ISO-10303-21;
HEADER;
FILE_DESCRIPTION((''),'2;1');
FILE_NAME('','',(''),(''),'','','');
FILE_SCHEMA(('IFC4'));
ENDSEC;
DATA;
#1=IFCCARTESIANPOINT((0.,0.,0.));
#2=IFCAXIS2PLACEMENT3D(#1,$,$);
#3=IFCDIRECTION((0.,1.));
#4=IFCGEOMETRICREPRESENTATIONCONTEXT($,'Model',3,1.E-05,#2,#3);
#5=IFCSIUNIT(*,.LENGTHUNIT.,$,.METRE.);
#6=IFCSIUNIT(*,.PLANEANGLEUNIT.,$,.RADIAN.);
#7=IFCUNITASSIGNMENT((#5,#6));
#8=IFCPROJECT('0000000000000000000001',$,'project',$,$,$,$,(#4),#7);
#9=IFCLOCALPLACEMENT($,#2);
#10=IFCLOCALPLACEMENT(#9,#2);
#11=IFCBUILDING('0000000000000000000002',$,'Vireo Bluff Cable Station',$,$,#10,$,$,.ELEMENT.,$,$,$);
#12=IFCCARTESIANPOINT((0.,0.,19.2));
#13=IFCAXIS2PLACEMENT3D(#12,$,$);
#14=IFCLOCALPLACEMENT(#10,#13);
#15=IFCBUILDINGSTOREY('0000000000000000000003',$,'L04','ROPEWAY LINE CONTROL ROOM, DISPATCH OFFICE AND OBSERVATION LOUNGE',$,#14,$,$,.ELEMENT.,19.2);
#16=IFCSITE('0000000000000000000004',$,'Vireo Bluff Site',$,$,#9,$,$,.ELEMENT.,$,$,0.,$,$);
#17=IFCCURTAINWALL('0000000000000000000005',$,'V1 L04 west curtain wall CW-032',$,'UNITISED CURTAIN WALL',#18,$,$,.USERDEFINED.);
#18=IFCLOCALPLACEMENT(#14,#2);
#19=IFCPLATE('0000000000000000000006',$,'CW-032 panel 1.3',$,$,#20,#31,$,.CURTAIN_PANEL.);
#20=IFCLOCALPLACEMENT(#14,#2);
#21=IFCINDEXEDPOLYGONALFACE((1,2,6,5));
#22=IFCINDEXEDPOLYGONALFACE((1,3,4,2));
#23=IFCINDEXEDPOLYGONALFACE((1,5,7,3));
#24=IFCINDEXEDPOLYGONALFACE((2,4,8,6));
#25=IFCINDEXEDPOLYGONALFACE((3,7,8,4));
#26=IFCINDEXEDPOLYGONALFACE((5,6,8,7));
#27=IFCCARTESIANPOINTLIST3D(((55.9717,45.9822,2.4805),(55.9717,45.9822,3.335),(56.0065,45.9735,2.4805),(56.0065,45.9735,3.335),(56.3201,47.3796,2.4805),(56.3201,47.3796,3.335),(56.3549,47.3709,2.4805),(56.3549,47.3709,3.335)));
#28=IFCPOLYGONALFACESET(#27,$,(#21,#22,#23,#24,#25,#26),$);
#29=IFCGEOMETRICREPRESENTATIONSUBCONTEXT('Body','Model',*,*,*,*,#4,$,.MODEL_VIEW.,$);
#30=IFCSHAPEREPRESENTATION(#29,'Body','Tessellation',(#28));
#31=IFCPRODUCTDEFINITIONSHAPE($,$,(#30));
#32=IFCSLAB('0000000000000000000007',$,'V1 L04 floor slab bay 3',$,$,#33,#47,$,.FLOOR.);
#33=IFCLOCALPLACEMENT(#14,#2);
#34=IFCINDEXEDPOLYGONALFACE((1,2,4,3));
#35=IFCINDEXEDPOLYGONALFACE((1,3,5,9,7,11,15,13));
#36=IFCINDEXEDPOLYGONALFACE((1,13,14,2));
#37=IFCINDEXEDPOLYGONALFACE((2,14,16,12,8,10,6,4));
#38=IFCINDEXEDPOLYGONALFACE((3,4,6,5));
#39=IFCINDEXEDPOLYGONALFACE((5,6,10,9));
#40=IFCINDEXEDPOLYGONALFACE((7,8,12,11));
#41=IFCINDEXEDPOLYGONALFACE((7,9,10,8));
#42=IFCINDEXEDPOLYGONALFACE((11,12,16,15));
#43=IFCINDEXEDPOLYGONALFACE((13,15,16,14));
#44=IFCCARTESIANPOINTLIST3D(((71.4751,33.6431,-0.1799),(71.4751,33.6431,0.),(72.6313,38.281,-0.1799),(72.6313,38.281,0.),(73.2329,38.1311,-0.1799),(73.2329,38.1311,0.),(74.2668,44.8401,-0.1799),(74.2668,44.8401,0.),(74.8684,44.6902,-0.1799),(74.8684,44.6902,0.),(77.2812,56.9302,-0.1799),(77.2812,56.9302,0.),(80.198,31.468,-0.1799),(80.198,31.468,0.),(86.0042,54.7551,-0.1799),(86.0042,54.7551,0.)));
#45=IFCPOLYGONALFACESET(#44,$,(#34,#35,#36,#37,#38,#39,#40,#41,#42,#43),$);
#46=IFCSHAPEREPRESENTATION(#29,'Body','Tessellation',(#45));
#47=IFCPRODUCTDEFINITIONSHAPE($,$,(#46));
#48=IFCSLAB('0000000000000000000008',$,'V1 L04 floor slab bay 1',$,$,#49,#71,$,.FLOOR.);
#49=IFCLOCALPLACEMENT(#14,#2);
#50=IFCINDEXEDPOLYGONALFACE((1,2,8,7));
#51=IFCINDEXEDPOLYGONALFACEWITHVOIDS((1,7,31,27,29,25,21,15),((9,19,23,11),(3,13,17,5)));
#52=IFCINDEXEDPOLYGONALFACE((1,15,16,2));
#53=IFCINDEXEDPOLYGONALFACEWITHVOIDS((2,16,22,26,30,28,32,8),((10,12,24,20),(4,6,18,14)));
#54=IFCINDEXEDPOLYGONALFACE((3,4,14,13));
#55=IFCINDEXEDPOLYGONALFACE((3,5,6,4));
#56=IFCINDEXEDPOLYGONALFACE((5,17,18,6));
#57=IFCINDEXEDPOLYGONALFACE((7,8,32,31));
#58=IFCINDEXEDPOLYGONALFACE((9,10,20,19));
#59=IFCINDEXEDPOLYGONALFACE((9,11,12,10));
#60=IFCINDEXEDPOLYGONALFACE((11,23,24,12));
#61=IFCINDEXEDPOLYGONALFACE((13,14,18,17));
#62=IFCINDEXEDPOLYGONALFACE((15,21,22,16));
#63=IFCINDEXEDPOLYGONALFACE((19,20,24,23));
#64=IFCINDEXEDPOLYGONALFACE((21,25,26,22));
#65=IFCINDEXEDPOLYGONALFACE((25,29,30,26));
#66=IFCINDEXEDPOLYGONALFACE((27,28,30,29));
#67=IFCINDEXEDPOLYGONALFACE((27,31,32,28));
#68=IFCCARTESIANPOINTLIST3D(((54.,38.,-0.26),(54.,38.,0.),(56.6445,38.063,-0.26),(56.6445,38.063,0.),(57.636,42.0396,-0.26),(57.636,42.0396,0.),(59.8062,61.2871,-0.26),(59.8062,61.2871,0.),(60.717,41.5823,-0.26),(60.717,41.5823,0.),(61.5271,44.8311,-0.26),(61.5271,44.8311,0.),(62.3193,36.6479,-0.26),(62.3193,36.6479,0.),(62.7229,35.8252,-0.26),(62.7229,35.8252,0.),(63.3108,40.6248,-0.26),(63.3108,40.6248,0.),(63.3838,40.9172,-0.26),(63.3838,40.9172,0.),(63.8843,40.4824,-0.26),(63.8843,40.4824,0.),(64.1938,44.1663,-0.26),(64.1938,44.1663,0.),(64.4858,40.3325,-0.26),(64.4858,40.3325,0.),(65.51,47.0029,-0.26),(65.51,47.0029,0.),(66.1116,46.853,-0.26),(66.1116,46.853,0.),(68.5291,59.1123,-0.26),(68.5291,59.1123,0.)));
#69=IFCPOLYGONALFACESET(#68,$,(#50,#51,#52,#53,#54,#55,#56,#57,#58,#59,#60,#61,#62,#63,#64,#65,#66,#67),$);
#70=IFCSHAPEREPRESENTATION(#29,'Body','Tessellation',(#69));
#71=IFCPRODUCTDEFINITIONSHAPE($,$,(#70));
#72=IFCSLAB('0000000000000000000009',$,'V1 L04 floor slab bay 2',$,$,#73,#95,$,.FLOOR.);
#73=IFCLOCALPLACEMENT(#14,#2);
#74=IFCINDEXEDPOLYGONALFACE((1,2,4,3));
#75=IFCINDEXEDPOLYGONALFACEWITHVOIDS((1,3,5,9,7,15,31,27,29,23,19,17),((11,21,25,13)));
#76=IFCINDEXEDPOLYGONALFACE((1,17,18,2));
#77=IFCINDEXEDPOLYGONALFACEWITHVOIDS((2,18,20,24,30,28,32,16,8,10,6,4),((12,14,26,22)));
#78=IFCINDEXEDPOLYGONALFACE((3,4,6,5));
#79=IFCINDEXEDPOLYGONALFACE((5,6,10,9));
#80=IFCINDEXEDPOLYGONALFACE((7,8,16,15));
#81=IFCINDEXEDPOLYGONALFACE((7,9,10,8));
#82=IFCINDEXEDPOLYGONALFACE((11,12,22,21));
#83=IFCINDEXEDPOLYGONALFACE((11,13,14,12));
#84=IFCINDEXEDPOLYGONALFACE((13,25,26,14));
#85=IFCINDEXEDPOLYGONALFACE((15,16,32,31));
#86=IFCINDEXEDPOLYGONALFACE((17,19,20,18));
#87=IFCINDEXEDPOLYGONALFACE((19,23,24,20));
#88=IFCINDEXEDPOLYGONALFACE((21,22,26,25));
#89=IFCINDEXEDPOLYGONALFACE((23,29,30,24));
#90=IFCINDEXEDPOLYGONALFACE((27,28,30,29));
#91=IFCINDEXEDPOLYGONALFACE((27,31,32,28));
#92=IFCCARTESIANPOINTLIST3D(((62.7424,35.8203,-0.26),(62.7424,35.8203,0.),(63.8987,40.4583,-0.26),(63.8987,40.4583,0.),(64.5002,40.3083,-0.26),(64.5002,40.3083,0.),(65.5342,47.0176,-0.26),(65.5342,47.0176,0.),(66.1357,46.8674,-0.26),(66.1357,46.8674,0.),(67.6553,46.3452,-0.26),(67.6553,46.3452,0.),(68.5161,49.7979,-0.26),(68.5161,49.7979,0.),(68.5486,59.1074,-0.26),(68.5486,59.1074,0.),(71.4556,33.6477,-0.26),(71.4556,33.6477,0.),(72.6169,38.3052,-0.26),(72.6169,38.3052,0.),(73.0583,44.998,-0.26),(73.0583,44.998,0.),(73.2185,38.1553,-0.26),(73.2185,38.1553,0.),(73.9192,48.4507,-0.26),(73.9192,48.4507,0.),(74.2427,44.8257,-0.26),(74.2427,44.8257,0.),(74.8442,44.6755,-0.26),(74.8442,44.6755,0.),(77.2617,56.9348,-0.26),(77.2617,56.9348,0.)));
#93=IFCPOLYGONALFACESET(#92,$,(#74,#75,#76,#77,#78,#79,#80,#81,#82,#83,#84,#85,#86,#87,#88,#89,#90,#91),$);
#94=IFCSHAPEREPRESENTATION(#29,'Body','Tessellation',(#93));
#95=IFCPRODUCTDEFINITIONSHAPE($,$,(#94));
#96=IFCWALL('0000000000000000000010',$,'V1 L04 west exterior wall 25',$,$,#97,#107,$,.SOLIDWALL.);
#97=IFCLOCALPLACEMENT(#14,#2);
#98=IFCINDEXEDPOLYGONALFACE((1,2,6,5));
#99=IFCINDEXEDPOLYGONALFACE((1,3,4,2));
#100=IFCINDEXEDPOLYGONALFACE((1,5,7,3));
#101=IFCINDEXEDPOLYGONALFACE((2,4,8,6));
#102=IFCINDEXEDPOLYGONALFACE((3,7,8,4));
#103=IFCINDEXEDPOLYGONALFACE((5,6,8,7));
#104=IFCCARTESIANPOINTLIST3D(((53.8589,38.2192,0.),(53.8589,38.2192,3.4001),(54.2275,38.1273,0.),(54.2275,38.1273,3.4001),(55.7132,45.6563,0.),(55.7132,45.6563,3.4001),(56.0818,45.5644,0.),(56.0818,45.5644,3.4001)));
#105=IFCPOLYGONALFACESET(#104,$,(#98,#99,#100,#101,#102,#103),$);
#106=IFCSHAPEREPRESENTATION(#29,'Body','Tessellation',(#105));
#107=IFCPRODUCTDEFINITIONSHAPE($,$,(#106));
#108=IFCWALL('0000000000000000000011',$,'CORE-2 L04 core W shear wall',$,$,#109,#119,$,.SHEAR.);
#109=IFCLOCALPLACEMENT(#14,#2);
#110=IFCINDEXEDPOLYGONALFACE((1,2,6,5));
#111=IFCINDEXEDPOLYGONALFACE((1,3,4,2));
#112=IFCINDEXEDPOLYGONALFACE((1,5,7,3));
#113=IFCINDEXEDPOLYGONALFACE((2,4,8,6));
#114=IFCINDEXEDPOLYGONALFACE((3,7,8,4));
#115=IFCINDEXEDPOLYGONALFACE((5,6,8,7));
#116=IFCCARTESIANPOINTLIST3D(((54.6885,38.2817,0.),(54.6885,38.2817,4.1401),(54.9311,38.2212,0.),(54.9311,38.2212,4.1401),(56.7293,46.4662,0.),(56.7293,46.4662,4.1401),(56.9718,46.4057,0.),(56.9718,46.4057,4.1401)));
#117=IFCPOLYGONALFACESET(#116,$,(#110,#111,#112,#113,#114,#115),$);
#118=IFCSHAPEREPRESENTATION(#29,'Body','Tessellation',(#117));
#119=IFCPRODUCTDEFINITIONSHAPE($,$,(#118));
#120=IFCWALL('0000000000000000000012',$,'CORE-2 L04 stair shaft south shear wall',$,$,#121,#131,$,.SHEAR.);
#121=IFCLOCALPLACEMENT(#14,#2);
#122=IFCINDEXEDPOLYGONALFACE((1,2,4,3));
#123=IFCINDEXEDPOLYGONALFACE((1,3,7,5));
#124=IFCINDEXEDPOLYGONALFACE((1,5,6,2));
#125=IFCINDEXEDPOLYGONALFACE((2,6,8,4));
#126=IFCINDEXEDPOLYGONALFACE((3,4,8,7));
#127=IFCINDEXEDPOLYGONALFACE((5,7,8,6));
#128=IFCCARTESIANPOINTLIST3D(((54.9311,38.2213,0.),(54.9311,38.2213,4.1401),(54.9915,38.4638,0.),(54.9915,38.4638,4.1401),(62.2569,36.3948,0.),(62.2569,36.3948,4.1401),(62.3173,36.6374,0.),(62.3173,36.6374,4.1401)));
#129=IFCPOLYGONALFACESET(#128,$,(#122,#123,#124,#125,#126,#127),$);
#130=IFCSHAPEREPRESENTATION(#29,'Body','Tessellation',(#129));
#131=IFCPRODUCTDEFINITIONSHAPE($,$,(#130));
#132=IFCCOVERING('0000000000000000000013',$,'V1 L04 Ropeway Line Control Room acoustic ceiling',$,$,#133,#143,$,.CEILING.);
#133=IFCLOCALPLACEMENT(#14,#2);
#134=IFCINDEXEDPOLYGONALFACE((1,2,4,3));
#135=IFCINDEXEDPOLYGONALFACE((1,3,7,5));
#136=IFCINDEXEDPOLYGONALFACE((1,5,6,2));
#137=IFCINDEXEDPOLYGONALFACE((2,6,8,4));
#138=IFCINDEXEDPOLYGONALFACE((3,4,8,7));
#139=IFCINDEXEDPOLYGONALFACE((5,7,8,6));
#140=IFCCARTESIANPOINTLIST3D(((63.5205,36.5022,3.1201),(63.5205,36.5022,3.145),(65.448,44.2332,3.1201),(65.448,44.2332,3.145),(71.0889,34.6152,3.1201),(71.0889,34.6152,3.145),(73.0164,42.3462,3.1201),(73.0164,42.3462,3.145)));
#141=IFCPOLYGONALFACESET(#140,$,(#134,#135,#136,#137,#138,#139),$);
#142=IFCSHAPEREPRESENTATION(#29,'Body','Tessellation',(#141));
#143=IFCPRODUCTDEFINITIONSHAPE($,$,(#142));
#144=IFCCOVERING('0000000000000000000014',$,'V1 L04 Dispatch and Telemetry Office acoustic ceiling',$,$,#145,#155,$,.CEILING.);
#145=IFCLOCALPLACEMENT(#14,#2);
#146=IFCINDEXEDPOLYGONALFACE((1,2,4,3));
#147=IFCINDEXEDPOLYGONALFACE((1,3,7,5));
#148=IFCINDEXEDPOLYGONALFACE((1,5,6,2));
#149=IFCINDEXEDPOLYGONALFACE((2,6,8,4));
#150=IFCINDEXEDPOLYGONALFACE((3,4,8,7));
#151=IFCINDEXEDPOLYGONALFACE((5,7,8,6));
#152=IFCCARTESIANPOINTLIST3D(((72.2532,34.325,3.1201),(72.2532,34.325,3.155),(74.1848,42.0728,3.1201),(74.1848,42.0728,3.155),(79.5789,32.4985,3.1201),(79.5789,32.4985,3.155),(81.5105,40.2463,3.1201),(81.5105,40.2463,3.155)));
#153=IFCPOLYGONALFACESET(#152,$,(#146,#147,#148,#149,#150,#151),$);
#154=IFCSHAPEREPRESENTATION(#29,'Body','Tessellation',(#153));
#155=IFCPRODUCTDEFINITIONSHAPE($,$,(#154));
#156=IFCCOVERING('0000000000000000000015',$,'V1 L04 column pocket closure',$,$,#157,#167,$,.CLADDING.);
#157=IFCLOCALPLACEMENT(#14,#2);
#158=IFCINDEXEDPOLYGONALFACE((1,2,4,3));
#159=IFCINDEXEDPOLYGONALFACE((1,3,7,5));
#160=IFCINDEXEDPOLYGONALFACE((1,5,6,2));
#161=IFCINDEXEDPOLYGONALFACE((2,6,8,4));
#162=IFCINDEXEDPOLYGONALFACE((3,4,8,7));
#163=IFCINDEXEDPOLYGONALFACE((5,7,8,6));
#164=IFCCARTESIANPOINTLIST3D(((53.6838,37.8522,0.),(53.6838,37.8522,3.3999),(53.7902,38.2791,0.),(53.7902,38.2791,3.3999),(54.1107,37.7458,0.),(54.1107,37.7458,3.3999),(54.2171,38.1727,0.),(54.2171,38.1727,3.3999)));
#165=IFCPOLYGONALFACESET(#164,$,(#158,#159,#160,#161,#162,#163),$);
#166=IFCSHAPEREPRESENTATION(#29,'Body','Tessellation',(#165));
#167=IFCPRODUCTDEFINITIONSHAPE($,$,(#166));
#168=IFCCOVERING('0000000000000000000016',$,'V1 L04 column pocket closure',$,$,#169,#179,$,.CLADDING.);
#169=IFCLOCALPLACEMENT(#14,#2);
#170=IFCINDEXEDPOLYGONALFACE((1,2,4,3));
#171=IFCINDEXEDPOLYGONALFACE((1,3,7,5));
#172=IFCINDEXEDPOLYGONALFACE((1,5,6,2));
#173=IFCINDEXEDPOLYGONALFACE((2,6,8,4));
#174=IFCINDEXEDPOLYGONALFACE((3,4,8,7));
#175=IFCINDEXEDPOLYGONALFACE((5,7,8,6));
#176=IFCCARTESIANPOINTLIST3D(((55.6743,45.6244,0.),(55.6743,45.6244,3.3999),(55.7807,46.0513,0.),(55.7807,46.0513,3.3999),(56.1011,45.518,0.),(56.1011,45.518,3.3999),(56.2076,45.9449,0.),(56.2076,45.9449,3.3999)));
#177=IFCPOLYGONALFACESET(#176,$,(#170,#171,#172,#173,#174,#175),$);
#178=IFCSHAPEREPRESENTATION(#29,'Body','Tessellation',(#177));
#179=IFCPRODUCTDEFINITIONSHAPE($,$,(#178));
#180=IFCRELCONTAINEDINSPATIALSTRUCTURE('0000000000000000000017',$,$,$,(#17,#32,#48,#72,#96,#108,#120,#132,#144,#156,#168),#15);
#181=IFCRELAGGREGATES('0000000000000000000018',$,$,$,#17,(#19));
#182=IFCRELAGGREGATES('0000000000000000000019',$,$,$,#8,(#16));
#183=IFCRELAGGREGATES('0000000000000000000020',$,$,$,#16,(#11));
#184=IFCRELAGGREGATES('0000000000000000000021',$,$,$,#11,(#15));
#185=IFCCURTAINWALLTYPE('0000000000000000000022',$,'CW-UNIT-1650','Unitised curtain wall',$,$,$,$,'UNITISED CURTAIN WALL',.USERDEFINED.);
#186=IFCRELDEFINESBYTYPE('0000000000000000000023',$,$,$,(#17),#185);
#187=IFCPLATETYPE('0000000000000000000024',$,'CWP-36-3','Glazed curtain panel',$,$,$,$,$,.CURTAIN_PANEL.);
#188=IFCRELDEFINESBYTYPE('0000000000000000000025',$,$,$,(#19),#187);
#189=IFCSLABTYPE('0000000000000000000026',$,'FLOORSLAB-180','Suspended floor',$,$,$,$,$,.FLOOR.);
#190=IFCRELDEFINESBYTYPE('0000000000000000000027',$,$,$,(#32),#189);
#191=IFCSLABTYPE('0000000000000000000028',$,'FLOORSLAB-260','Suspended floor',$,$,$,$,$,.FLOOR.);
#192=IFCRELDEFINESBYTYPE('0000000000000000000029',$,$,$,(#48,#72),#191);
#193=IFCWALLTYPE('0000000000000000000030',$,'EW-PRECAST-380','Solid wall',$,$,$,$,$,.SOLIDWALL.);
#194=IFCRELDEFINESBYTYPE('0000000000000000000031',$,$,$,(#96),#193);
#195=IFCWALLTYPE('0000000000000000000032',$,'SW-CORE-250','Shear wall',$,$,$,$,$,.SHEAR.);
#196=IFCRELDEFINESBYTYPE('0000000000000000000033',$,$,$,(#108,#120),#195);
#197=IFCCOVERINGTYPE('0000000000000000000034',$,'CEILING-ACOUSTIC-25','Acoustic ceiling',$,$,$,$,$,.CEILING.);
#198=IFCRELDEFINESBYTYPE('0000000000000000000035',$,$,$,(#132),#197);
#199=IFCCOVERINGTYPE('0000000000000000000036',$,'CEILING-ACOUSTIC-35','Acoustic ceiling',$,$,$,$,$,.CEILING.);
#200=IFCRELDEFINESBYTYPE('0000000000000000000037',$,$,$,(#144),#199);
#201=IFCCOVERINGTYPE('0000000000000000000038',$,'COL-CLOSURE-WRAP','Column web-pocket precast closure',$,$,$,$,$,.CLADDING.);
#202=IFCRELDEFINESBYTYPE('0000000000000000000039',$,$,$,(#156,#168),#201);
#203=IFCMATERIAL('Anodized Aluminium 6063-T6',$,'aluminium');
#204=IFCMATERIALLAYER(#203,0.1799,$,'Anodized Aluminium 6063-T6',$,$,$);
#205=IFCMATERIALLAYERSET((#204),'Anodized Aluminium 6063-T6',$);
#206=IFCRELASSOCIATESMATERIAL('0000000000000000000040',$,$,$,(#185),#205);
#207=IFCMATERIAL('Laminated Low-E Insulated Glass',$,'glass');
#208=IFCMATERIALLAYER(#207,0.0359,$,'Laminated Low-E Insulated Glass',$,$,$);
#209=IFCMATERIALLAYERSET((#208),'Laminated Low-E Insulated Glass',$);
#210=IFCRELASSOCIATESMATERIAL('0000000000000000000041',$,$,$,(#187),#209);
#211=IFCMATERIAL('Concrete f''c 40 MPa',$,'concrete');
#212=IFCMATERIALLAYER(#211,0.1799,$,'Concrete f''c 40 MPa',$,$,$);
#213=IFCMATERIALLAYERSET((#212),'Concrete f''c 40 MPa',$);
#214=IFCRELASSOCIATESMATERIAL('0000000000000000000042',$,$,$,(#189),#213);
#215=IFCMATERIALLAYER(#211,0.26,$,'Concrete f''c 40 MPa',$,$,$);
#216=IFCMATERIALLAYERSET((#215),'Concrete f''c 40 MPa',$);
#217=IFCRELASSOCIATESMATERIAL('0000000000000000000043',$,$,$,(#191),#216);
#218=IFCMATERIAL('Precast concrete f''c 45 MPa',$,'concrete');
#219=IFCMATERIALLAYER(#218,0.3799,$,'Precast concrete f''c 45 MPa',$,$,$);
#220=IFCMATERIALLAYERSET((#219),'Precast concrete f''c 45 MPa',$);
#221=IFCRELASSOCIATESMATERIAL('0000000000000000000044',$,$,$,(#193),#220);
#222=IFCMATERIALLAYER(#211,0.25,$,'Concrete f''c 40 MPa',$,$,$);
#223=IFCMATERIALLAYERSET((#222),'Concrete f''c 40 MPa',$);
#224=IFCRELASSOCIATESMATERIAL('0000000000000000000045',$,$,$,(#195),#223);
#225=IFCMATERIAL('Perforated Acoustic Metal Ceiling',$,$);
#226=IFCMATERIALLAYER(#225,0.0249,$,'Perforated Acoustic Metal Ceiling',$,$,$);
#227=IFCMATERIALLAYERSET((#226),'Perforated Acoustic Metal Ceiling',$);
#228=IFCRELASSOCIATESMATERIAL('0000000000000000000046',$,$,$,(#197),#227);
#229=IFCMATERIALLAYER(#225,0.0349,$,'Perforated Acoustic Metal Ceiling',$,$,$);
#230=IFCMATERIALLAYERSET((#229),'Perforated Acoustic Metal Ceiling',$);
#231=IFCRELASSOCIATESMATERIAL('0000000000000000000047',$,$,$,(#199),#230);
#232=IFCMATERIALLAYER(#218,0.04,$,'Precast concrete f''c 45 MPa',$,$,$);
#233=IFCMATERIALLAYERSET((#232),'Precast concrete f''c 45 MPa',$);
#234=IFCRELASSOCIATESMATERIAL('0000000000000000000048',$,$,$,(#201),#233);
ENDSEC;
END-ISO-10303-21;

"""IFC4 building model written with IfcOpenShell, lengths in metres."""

from ifc_helpers import new_model, si_unit, direction, frame, frame_2d, origin, origin_2d, place, context, subcontext, project, spatial, polyline, rectangle, outline, extrude, material, layer, layer_set, type_object, element, aggregate, save


model = new_model("IFC4")

# Units and contexts
model_context = context("Model", 3, precision=1e-05, world=origin(), true_north=direction((0.0, 1.0)))
body_context = subcontext(model_context, "Body", "Model", "MODEL_VIEW")
ifc_project = project(units=[si_unit("LENGTHUNIT", "METRE"), si_unit("PLANEANGLEUNIT", "RADIAN")], contexts=[model_context])

# Site, building, storey
site_placement = place(None, origin())
site = spatial("IfcSite", under=ifc_project, at=site_placement, Name="Vireo Bluff Site", CompositionType="ELEMENT", RefElevation=0.0)
building_placement = place(site_placement, origin())
building = spatial("IfcBuilding", under=site, at=building_placement, Name="Vireo Bluff Cable Station", CompositionType="ELEMENT")
storey_placement = place(building_placement, frame((0.0, 0.0, 19.2)))
storey = spatial("IfcBuildingStorey", under=building, at=storey_placement, Name="L04", Description="ROPEWAY LINE CONTROL ROOM, DISPATCH OFFICE AND OBSERVATION LOUNGE", CompositionType="ELEMENT", Elevation=19.2)

# Curtain wall
ifc_material_1 = material(Name="Anodized Aluminium 6063-T6", Category="aluminium")
ifc_layer_1 = layer(ifc_material_1, 0.1799, Name="Anodized Aluminium 6063-T6")
ifc_layer_set_1 = layer_set([ifc_layer_1], Name="Anodized Aluminium 6063-T6")
curtain_wall_type = type_object("IfcCurtainWallType", Name="CW-UNIT-1650", Description="Unitised curtain wall", ElementType="UNITISED CURTAIN WALL", PredefinedType="USERDEFINED", material=ifc_layer_set_1)
curtain_wall_placement = place(storey_placement, origin())
curtain_wall = element("IfcCurtainWall", 1, at=curtain_wall_placement, inside=storey, type_object=curtain_wall_type, Name="V1 L04 west curtain wall CW-032", ObjectType="UNITISED CURTAIN WALL", PredefinedType="USERDEFINED")

# Shared definitions
ifc_material_2 = material(Name="Concrete f'c 40 MPa", Category="concrete")

# Plate
ifc_material_3 = material(Name="Laminated Low-E Insulated Glass", Category="glass")
ifc_layer_2 = layer(ifc_material_3, 0.0359, Name="Laminated Low-E Insulated Glass")
ifc_layer_set_2 = layer_set([ifc_layer_2], Name="Laminated Low-E Insulated Glass")
plate_type = type_object("IfcPlateType", Name="CWP-36-3", Description="Glazed curtain panel", PredefinedType="CURTAIN_PANEL", material=ifc_layer_set_2)
plate_1_placement = place(storey_placement, frame((56.1633, 46.6765, 2.4805), z_axis=(0.0, 0.0, 1.0), x_axis=(0.241922, 0.970296, 0.0)))
plate_1 = element("IfcPlate", 2, at=plate_1_placement, type_object=plate_type, Name="CW-032 panel 1.3", PredefinedType="CURTAIN_PANEL", context=body_context, shape_type="SweptSolid", body=[
    extrude(rectangle(XDim=1.4402, YDim=0.0359, at=origin_2d()), origin(), (0.0, 0.0, 1.0), 0.8545),
])
aggregate(curtain_wall, [plate_1])

# Slabs
ifc_layer_3 = layer(ifc_material_2, 0.1799, Name="Concrete f'c 40 MPa")
ifc_layer_set_3 = layer_set([ifc_layer_3], Name="Concrete f'c 40 MPa")
slab_type_1 = type_object("IfcSlabType", Name="FLOORSLAB-180", Description="Suspended floor", PredefinedType="FLOOR", material=ifc_layer_set_3)
slab_1_placement = place(storey_placement, frame((0.0, 0.0, -0.1799)))
element("IfcSlab", 3, at=slab_1_placement, inside=storey, type_object=slab_type_1, Name="V1 L04 floor slab bay 3", PredefinedType="FLOOR", context=body_context, shape_type="SweptSolid", body=[
    extrude(outline(polyline([(71.4751, 33.6431), (80.198, 31.468), (86.0042, 54.7551), (77.2812, 56.9302), (74.2668, 44.8401), (74.8684, 44.6902), (73.2329, 38.1311), (72.6313, 38.281), (71.4751, 33.6431)])), origin(), (0.0, 0.0, 1.0), 0.1799),
])
ifc_layer_4 = layer(ifc_material_2, 0.26, Name="Concrete f'c 40 MPa")
ifc_layer_set_4 = layer_set([ifc_layer_4], Name="Concrete f'c 40 MPa")
slab_type_2 = type_object("IfcSlabType", Name="FLOORSLAB-260", Description="Suspended floor", PredefinedType="FLOOR", material=ifc_layer_set_4)
slab_2_placement = place(storey_placement, frame((0.0, 0.0, -0.26)))
element("IfcSlab", 4, at=slab_2_placement, inside=storey, type_object=slab_type_2, Name="V1 L04 floor slab bay 1", PredefinedType="FLOOR", context=body_context, shape_type="SweptSolid", body=[
    extrude(outline(polyline([(54.0, 38.0), (62.7229, 35.8252), (63.8843, 40.4824), (64.4858, 40.3325), (66.1116, 46.853), (65.51, 47.0029), (68.5291, 59.1123), (59.8062, 61.2871), (54.0, 38.0)]), holes=[polyline([(56.6445, 38.063), (57.636, 42.0396), (63.3108, 40.6248), (62.3193, 36.6479), (56.6445, 38.063)]), polyline([(60.717, 41.5823), (61.5271, 44.8311), (64.1938, 44.1663), (63.3838, 40.9172), (60.717, 41.5823)])]), origin(), (0.0, 0.0, 1.0), 0.26),
])
slab_3_placement = place(storey_placement, frame((0.0, 0.0, -0.26)))
element("IfcSlab", 5, at=slab_3_placement, inside=storey, type_object=slab_type_2, Name="V1 L04 floor slab bay 2", PredefinedType="FLOOR", context=body_context, shape_type="SweptSolid", body=[
    extrude(outline(polyline([(62.7424, 35.8203), (71.4556, 33.6477), (72.6169, 38.3052), (73.2185, 38.1553), (74.8442, 44.6755), (74.2427, 44.8257), (77.2617, 56.9348), (68.5486, 59.1074), (65.5342, 47.0176), (66.1357, 46.8674), (64.5002, 40.3083), (63.8987, 40.4583), (62.7424, 35.8203)]), holes=[polyline([(67.6553, 46.3452), (68.5161, 49.7979), (73.9192, 48.4507), (73.0583, 44.998), (67.6553, 46.3452)])]), origin(), (0.0, 0.0, 1.0), 0.26),
])

# Walls
ifc_material_4 = material(Name="Precast concrete f'c 45 MPa", Category="concrete")
ifc_layer_5 = layer(ifc_material_4, 0.3799, Name="Precast concrete f'c 45 MPa")
ifc_layer_set_5 = layer_set([ifc_layer_5], Name="Precast concrete f'c 45 MPa")
wall_type_1 = type_object("IfcWallType", Name="EW-PRECAST-380", Description="Solid wall", PredefinedType="SOLIDWALL", material=ifc_layer_set_5)
wall_1_placement = place(storey_placement, frame((54.0432, 38.1731, 0.0), z_axis=(0.0, 0.0, 1.0), x_axis=(0.241921, 0.970296, 0.0)))
element("IfcWall", 6, at=wall_1_placement, inside=storey, type_object=wall_type_1, Name="V1 L04 west exterior wall 25", PredefinedType="SOLIDWALL", context=body_context, shape_type="SweptSolid", body=[
    extrude(rectangle(XDim=7.6648, YDim=0.3799, at=frame_2d((3.8325, 0.0))), origin(), (0.0, 0.0, 1.0), 3.4001),
])
ifc_layer_6 = layer(ifc_material_2, 0.25, Name="Concrete f'c 40 MPa")
ifc_layer_set_6 = layer_set([ifc_layer_6], Name="Concrete f'c 40 MPa")
wall_type_2 = type_object("IfcWallType", Name="SW-CORE-250", Description="Shear wall", PredefinedType="SHEAR", material=ifc_layer_set_6)
wall_2_placement = place(storey_placement, frame((54.8098, 38.2515, 0.0), z_axis=(0.0, 0.0, 1.0), x_axis=(0.241936, 0.970292, 0.0)))
element("IfcWall", 7, at=wall_2_placement, inside=storey, type_object=wall_type_2, Name="CORE-2 L04 core W shear wall", PredefinedType="SHEAR", context=body_context, shape_type="SweptSolid", body=[
    extrude(rectangle(XDim=8.4351, YDim=0.25, at=frame_2d((4.2175, 0.0))), origin(), (0.0, 0.0, 1.0), 4.1401),
])
wall_3_placement = place(storey_placement, frame((54.9614, 38.3425, 0.0), z_axis=(0.0, 0.0, 1.0), x_axis=(0.970298, -0.241912, 0.0)))
element("IfcWall", 8, at=wall_3_placement, inside=storey, type_object=wall_type_2, Name="CORE-2 L04 stair shaft south shear wall", PredefinedType="SHEAR", context=body_context, shape_type="SweptSolid", body=[
    extrude(rectangle(XDim=7.55, YDim=0.25, at=frame_2d((3.7749, 0.0))), origin(), (0.0, 0.0, 1.0), 4.1401),
])

# Coverings
ifc_material_5 = material(Name="Perforated Acoustic Metal Ceiling")
ifc_layer_7 = layer(ifc_material_5, 0.0249, Name="Perforated Acoustic Metal Ceiling")
ifc_layer_set_7 = layer_set([ifc_layer_7], Name="Perforated Acoustic Metal Ceiling")
covering_type_1 = type_object("IfcCoveringType", Name="CEILING-ACOUSTIC-25", Description="Acoustic ceiling", PredefinedType="CEILING", material=ifc_layer_set_7)
covering_1_placement = place(storey_placement, frame((0.0, 0.0, 3.1201)))
element("IfcCovering", 9, at=covering_1_placement, inside=storey, type_object=covering_type_1, Name="V1 L04 Ropeway Line Control Room acoustic ceiling", PredefinedType="CEILING", context=body_context, shape_type="SweptSolid", body=[
    extrude(outline(polyline([(63.5205, 36.5022), (71.0889, 34.6152), (73.0164, 42.3462), (65.448, 44.2332), (63.5205, 36.5022)])), origin(), (0.0, 0.0, 1.0), 0.0249),
])
ifc_layer_8 = layer(ifc_material_5, 0.0349, Name="Perforated Acoustic Metal Ceiling")
ifc_layer_set_8 = layer_set([ifc_layer_8], Name="Perforated Acoustic Metal Ceiling")
covering_type_2 = type_object("IfcCoveringType", Name="CEILING-ACOUSTIC-35", Description="Acoustic ceiling", PredefinedType="CEILING", material=ifc_layer_set_8)
covering_2_placement = place(storey_placement, frame((0.0, 0.0, 3.1201)))
element("IfcCovering", 10, at=covering_2_placement, inside=storey, type_object=covering_type_2, Name="V1 L04 Dispatch and Telemetry Office acoustic ceiling", PredefinedType="CEILING", context=body_context, shape_type="SweptSolid", body=[
    extrude(outline(polyline([(72.2532, 34.325), (79.5789, 32.4985), (81.5105, 40.2463), (74.1848, 42.0728), (72.2532, 34.325)])), origin(), (0.0, 0.0, 1.0), 0.0349),
])
ifc_layer_9 = layer(ifc_material_4, 0.04, Name="Precast concrete f'c 45 MPa")
ifc_layer_set_9 = layer_set([ifc_layer_9], Name="Precast concrete f'c 45 MPa")
covering_type_3 = type_object("IfcCoveringType", Name="COL-CLOSURE-WRAP", Description="Column web-pocket precast closure", PredefinedType="CLADDING", material=ifc_layer_set_9)
for number, where, z_axis, x_axis, name in (
    (11, (53.9504, 38.0125, 0.0), (0.0, 0.0, 1.0), (0.970296, -0.241922, 0.0), "V1 L04 column pocket closure"),
    (12, (55.9409, 45.7847, 0.0), (0.0, 0.0, 1.0), (0.970296, -0.241922, 0.0), "V1 L04 column pocket closure"),
):
    element("IfcCovering", number, at=place(storey_placement, frame(where, z_axis=z_axis, x_axis=x_axis)), inside=storey, type_object=covering_type_3, Name=name, PredefinedType="CLADDING", context=body_context, shape_type="SweptSolid", body=[
        extrude(rectangle(XDim=0.4399, YDim=0.4399, at=origin_2d()), origin(), (0.0, 0.0, 1.0), 3.3999),
    ])

save(model, "model.ifc")
